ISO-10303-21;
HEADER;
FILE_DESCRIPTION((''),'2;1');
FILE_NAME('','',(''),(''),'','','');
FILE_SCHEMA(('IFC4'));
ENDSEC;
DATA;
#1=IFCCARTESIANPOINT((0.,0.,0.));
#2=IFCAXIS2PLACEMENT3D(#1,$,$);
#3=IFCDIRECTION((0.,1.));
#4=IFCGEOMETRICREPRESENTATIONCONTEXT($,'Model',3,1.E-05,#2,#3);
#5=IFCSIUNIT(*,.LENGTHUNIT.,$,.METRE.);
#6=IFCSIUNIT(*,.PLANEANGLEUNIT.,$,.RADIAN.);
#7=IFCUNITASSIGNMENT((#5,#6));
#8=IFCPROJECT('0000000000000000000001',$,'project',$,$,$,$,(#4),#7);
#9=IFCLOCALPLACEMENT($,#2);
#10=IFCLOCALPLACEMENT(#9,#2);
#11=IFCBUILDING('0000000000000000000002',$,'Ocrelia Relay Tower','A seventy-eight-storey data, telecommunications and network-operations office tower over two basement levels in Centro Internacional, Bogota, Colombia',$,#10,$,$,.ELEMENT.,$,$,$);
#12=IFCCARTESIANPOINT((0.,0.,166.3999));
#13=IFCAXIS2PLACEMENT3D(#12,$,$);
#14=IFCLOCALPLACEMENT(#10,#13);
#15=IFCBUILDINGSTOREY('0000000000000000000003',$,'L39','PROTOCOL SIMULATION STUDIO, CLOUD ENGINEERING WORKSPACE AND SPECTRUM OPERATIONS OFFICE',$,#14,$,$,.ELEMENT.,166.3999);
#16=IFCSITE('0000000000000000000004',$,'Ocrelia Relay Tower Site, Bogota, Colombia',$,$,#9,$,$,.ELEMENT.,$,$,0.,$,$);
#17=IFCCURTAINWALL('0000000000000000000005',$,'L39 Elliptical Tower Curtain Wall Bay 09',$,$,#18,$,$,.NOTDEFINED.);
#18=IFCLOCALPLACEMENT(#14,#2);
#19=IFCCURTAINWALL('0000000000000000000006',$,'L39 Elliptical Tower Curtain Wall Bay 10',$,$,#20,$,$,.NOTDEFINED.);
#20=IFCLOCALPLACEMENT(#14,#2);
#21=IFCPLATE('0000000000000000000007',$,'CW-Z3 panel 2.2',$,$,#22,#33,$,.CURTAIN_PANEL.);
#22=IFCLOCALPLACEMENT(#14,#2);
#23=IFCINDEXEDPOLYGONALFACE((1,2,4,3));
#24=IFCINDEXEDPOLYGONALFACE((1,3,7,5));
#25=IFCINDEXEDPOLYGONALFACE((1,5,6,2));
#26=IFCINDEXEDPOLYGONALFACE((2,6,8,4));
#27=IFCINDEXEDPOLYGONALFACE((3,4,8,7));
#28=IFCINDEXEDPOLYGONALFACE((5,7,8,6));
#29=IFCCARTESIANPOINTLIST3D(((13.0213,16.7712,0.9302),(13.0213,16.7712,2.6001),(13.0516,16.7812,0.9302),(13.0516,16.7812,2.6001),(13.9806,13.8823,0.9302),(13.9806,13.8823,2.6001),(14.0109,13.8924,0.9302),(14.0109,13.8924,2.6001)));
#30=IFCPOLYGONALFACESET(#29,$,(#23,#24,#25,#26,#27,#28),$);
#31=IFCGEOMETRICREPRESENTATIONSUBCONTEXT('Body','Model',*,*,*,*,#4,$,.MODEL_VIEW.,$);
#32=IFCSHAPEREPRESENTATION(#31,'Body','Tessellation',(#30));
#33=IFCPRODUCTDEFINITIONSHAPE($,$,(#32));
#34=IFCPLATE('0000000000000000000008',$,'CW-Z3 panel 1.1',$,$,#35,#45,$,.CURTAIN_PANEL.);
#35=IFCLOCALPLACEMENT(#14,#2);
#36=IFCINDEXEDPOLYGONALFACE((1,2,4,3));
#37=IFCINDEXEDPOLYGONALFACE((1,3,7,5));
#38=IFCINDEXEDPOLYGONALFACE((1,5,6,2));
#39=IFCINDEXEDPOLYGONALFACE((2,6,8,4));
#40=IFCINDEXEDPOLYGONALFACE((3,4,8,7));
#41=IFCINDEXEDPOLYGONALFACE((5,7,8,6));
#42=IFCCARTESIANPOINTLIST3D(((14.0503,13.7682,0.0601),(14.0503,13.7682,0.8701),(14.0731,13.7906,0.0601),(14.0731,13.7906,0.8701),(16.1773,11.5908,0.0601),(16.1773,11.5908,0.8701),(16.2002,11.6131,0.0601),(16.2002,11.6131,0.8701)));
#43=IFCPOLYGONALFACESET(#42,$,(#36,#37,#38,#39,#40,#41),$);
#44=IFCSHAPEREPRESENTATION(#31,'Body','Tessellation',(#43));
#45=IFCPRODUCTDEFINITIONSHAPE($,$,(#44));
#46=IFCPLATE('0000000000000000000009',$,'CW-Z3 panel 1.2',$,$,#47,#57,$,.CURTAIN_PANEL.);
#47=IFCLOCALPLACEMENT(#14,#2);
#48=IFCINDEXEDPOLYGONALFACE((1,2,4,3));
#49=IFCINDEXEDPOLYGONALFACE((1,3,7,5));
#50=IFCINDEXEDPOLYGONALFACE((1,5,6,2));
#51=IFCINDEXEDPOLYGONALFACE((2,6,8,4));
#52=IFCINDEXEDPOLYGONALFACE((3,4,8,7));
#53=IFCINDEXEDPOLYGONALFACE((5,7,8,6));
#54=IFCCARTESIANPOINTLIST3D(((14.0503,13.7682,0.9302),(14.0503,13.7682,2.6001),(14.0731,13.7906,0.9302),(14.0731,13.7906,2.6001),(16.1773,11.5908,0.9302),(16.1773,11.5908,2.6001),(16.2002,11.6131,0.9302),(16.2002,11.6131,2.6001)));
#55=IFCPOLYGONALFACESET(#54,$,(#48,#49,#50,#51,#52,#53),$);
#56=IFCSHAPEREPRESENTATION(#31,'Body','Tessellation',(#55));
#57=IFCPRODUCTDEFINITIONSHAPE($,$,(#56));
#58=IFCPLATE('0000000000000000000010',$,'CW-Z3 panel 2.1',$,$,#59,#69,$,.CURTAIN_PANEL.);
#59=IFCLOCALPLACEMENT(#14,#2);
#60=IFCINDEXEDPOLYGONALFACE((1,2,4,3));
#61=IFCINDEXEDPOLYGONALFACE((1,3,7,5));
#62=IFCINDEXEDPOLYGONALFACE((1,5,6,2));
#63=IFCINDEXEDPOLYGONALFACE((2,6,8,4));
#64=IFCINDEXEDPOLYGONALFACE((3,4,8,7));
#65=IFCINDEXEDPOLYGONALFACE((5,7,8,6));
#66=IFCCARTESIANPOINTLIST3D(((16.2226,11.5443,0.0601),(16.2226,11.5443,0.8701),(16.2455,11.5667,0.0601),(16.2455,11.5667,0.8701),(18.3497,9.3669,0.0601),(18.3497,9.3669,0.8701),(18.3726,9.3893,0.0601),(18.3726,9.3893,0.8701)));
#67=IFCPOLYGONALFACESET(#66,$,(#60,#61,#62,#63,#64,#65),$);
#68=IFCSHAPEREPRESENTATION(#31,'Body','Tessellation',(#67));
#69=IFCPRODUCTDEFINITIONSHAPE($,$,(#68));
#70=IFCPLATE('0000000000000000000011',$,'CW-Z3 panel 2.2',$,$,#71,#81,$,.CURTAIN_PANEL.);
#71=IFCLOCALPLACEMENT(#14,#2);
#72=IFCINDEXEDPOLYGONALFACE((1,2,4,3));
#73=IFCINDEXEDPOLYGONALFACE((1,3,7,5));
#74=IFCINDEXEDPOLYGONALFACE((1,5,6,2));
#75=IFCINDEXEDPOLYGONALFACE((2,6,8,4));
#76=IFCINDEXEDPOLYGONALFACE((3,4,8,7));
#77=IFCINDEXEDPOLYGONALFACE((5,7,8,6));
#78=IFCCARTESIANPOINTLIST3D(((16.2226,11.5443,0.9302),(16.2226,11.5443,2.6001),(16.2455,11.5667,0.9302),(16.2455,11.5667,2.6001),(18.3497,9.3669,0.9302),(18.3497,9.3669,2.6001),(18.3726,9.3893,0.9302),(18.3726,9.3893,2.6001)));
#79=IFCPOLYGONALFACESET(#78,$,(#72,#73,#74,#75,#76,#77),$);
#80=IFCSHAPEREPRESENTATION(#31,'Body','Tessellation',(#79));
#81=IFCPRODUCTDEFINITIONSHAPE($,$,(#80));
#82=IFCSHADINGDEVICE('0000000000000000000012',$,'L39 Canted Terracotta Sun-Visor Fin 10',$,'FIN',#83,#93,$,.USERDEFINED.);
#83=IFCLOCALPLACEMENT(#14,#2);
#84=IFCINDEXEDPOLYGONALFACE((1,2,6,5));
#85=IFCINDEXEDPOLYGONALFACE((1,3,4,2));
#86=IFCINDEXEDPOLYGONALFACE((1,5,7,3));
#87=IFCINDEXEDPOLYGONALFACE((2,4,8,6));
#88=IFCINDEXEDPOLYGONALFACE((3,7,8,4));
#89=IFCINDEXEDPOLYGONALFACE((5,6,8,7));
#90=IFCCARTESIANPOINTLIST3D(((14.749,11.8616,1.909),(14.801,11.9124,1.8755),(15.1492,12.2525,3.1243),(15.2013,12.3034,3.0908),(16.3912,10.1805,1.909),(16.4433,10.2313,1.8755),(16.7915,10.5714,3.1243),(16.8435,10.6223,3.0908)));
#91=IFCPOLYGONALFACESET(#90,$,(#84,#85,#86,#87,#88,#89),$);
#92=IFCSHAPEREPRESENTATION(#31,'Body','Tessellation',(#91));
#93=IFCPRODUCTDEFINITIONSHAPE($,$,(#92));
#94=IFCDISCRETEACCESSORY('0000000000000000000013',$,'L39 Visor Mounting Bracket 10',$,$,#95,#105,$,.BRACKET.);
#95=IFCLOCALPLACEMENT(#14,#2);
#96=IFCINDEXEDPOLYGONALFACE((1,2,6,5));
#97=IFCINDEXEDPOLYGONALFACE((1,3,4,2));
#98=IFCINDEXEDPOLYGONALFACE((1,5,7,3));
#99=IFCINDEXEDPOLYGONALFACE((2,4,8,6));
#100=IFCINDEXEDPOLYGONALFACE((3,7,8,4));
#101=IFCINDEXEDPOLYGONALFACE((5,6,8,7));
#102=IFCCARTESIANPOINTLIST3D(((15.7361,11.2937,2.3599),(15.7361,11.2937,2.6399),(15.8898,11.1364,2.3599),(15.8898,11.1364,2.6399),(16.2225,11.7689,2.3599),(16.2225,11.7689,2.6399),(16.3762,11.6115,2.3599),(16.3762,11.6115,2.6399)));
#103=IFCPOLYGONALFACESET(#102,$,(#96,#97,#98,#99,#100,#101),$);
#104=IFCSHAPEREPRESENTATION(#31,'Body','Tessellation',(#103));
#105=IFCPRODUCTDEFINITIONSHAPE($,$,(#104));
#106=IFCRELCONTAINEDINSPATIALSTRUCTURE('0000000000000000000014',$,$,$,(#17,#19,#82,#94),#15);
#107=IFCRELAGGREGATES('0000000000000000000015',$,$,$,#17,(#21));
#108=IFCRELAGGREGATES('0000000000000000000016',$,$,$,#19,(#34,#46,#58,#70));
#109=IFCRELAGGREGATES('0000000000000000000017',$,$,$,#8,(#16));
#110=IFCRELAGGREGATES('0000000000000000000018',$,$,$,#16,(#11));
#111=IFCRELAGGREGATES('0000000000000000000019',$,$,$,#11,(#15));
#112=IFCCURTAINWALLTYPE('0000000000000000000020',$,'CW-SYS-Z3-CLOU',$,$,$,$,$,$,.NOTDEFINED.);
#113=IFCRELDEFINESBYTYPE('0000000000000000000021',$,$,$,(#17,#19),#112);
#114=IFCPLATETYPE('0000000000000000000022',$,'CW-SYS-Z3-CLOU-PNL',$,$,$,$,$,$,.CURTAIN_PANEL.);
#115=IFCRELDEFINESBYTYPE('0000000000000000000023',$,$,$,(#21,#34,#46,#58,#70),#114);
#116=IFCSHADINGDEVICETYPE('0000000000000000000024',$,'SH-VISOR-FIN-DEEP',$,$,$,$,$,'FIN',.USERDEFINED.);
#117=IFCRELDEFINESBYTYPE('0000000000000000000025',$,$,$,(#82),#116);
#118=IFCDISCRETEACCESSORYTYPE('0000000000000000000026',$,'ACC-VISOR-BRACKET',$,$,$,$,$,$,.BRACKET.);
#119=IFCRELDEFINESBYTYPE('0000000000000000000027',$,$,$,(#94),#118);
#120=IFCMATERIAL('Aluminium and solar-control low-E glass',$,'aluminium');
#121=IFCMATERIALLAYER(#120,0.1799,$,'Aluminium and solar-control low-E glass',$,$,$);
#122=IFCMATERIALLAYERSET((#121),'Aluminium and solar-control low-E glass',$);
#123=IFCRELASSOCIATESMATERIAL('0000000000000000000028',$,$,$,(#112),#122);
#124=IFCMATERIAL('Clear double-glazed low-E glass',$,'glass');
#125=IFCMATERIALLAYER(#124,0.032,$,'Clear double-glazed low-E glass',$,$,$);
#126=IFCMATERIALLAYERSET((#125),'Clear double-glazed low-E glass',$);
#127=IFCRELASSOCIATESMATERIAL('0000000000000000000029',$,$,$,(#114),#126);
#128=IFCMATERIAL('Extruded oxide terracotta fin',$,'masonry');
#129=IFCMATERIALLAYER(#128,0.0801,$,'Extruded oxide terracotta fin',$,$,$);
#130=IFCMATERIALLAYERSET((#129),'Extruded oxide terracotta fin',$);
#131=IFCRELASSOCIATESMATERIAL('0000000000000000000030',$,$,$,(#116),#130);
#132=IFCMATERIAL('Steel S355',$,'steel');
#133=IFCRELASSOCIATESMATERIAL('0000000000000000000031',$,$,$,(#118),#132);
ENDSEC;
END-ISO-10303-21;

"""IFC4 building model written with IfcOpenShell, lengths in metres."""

from ifc_helpers import new_model, si_unit, direction, frame, origin, origin_2d, place, context, subcontext, project, spatial, rectangle, extrude, material, layer, layer_set, type_object, element, aggregate, save


model = new_model("IFC4")

# Units and contexts
model_context = context("Model", 3, precision=1e-05, world=origin(), true_north=direction((0.0, 1.0)))
body_context = subcontext(model_context, "Body", "Model", "MODEL_VIEW")
ifc_project = project(units=[si_unit("LENGTHUNIT", "METRE"), si_unit("PLANEANGLEUNIT", "RADIAN")], contexts=[model_context])

# Site, building, storey
site_placement = place(None, origin())
site = spatial("IfcSite", under=ifc_project, at=site_placement, Name="Ocrelia Relay Tower Site, Bogota, Colombia", CompositionType="ELEMENT", RefElevation=0.0)
building_placement = place(site_placement, origin())
building = spatial("IfcBuilding", under=site, at=building_placement, Name="Ocrelia Relay Tower", Description="A seventy-eight-storey data, telecommunications and network-operations office tower over two basement levels in Centro Internacional, Bogota, Colombia", CompositionType="ELEMENT")
storey_placement = place(building_placement, frame((0.0, 0.0, 166.3999)))
storey = spatial("IfcBuildingStorey", under=building, at=storey_placement, Name="L39", Description="PROTOCOL SIMULATION STUDIO, CLOUD ENGINEERING WORKSPACE AND SPECTRUM OPERATIONS OFFICE", CompositionType="ELEMENT", Elevation=166.3999)

# Curtain wall
ifc_material_1 = material(Name="Aluminium and solar-control low-E glass", Category="aluminium")
ifc_layer_1 = layer(ifc_material_1, 0.1799, Name="Aluminium and solar-control low-E glass")
ifc_layer_set_1 = layer_set([ifc_layer_1], Name="Aluminium and solar-control low-E glass")
curtain_wall_type = type_object("IfcCurtainWallType", Name="CW-SYS-Z3-CLOU", PredefinedType="NOTDEFINED", material=ifc_layer_set_1)
curtain_wall_1_placement = place(storey_placement, origin())
curtain_wall_1 = element("IfcCurtainWall", 1, at=curtain_wall_1_placement, inside=storey, type_object=curtain_wall_type, Name="L39 Elliptical Tower Curtain Wall Bay 09", PredefinedType="NOTDEFINED")

# Curtain wall
curtain_wall_2_placement = place(storey_placement, origin())
curtain_wall_2 = element("IfcCurtainWall", 2, at=curtain_wall_2_placement, inside=storey, type_object=curtain_wall_type, Name="L39 Elliptical Tower Curtain Wall Bay 10", PredefinedType="NOTDEFINED")

# Plates
ifc_material_2 = material(Name="Clear double-glazed low-E glass", Category="glass")
ifc_layer_2 = layer(ifc_material_2, 0.032, Name="Clear double-glazed low-E glass")
ifc_layer_set_2 = layer_set([ifc_layer_2], Name="Clear double-glazed low-E glass")
plate_type = type_object("IfcPlateType", Name="CW-SYS-Z3-CLOU-PNL", PredefinedType="CURTAIN_PANEL", material=ifc_layer_set_2)
plate_1_placement = place(storey_placement, frame((13.5161, 15.3318, 0.9302), z_axis=(0.0, 0.0, 1.0), x_axis=(0.315148, -0.949042, 0.0)))
plate_1 = element("IfcPlate", 3, at=plate_1_placement, type_object=plate_type, Name="CW-Z3 panel 2.2", PredefinedType="CURTAIN_PANEL", context=body_context, shape_type="SweptSolid", body=[
    extrude(rectangle(XDim=3.0439, YDim=0.032, at=origin_2d()), origin(), (0.0, 0.0, 1.0), 1.6699),
])
aggregate(curtain_wall_1, [plate_1])
plate_2_placement = place(storey_placement, frame((15.1252, 12.6907, 0.0601), z_axis=(0.0, 0.0, 1.0), x_axis=(0.69879, -0.715327, 0.0)))
plate_2 = element("IfcPlate", 4, at=plate_2_placement, type_object=plate_type, Name="CW-Z3 panel 1.1", PredefinedType="CURTAIN_PANEL", context=body_context, shape_type="SweptSolid", body=[
    extrude(rectangle(XDim=3.0439, YDim=0.032, at=origin_2d()), origin(), (0.0, 0.0, 1.0), 0.8101),
])
plate_3_placement = place(storey_placement, frame((15.1252, 12.6907, 0.9302), z_axis=(0.0, 0.0, 1.0), x_axis=(0.69879, -0.715327, 0.0)))
plate_3 = element("IfcPlate", 5, at=plate_3_placement, type_object=plate_type, Name="CW-Z3 panel 1.2", PredefinedType="CURTAIN_PANEL", context=body_context, shape_type="SweptSolid", body=[
    extrude(rectangle(XDim=3.0439, YDim=0.032, at=origin_2d()), origin(), (0.0, 0.0, 1.0), 1.6699),
])
plate_4_placement = place(storey_placement, frame((17.2976, 10.4668, 0.0601), z_axis=(0.0, 0.0, 1.0), x_axis=(0.69879, -0.715327, 0.0)))
plate_4 = element("IfcPlate", 6, at=plate_4_placement, type_object=plate_type, Name="CW-Z3 panel 2.1", PredefinedType="CURTAIN_PANEL", context=body_context, shape_type="SweptSolid", body=[
    extrude(rectangle(XDim=3.0439, YDim=0.032, at=origin_2d()), origin(), (0.0, 0.0, 1.0), 0.8101),
])
plate_5_placement = place(storey_placement, frame((17.2976, 10.4668, 0.9302), z_axis=(0.0, 0.0, 1.0), x_axis=(0.69879, -0.715327, 0.0)))
plate_5 = element("IfcPlate", 7, at=plate_5_placement, type_object=plate_type, Name="CW-Z3 panel 2.2", PredefinedType="CURTAIN_PANEL", context=body_context, shape_type="SweptSolid", body=[
    extrude(rectangle(XDim=3.0439, YDim=0.032, at=origin_2d()), origin(), (0.0, 0.0, 1.0), 1.6699),
])
aggregate(curtain_wall_2, [plate_2, plate_3, plate_4, plate_5])

# Shading device
ifc_material_3 = material(Name="Extruded oxide terracotta fin", Category="masonry")
ifc_layer_3 = layer(ifc_material_3, 0.0801, Name="Extruded oxide terracotta fin")
ifc_layer_set_3 = layer_set([ifc_layer_3], Name="Extruded oxide terracotta fin")
shading_device_type = type_object("IfcShadingDeviceType", Name="SH-VISOR-FIN-DEEP", ElementType="FIN", PredefinedType="USERDEFINED", material=ifc_layer_set_3)
shading_device_placement = place(storey_placement, frame((15.8223, 11.2673, 2.4832), z_axis=(-0.649776, -0.634754, 0.418184), x_axis=(0.69879, -0.715327, 0.0)))
element("IfcShadingDevice", 8, at=shading_device_placement, inside=storey, type_object=shading_device_type, Name="L39 Canted Terracotta Sun-Visor Fin 10", ObjectType="FIN", PredefinedType="USERDEFINED", context=body_context, shape_type="SweptSolid", body=[
    extrude(rectangle(XDim=2.3501, YDim=1.3379, at=origin_2d()), origin(), (0.0, 0.0, 1.0), 0.0801),
])

# Discrete accessory
ifc_material_4 = material(Name="Steel S355", Category="steel")
discrete_accessory_type = type_object("IfcDiscreteAccessoryType", Name="ACC-VISOR-BRACKET", PredefinedType="BRACKET", material=ifc_material_4)
discrete_accessory_placement = place(storey_placement, frame((16.0562, 11.4526, 2.3599), z_axis=(0.0, 0.0, 1.0), x_axis=(0.69879, -0.715327, 0.0)))
element("IfcDiscreteAccessory", 9, at=discrete_accessory_placement, inside=storey, type_object=discrete_accessory_type, Name="L39 Visor Mounting Bracket 10", PredefinedType="BRACKET", context=body_context, shape_type="SweptSolid", body=[
    extrude(rectangle(XDim=0.22, YDim=0.6799, at=origin_2d()), origin(), (0.0, 0.0, 1.0), 0.28),
])

save(model, "model.ifc")
